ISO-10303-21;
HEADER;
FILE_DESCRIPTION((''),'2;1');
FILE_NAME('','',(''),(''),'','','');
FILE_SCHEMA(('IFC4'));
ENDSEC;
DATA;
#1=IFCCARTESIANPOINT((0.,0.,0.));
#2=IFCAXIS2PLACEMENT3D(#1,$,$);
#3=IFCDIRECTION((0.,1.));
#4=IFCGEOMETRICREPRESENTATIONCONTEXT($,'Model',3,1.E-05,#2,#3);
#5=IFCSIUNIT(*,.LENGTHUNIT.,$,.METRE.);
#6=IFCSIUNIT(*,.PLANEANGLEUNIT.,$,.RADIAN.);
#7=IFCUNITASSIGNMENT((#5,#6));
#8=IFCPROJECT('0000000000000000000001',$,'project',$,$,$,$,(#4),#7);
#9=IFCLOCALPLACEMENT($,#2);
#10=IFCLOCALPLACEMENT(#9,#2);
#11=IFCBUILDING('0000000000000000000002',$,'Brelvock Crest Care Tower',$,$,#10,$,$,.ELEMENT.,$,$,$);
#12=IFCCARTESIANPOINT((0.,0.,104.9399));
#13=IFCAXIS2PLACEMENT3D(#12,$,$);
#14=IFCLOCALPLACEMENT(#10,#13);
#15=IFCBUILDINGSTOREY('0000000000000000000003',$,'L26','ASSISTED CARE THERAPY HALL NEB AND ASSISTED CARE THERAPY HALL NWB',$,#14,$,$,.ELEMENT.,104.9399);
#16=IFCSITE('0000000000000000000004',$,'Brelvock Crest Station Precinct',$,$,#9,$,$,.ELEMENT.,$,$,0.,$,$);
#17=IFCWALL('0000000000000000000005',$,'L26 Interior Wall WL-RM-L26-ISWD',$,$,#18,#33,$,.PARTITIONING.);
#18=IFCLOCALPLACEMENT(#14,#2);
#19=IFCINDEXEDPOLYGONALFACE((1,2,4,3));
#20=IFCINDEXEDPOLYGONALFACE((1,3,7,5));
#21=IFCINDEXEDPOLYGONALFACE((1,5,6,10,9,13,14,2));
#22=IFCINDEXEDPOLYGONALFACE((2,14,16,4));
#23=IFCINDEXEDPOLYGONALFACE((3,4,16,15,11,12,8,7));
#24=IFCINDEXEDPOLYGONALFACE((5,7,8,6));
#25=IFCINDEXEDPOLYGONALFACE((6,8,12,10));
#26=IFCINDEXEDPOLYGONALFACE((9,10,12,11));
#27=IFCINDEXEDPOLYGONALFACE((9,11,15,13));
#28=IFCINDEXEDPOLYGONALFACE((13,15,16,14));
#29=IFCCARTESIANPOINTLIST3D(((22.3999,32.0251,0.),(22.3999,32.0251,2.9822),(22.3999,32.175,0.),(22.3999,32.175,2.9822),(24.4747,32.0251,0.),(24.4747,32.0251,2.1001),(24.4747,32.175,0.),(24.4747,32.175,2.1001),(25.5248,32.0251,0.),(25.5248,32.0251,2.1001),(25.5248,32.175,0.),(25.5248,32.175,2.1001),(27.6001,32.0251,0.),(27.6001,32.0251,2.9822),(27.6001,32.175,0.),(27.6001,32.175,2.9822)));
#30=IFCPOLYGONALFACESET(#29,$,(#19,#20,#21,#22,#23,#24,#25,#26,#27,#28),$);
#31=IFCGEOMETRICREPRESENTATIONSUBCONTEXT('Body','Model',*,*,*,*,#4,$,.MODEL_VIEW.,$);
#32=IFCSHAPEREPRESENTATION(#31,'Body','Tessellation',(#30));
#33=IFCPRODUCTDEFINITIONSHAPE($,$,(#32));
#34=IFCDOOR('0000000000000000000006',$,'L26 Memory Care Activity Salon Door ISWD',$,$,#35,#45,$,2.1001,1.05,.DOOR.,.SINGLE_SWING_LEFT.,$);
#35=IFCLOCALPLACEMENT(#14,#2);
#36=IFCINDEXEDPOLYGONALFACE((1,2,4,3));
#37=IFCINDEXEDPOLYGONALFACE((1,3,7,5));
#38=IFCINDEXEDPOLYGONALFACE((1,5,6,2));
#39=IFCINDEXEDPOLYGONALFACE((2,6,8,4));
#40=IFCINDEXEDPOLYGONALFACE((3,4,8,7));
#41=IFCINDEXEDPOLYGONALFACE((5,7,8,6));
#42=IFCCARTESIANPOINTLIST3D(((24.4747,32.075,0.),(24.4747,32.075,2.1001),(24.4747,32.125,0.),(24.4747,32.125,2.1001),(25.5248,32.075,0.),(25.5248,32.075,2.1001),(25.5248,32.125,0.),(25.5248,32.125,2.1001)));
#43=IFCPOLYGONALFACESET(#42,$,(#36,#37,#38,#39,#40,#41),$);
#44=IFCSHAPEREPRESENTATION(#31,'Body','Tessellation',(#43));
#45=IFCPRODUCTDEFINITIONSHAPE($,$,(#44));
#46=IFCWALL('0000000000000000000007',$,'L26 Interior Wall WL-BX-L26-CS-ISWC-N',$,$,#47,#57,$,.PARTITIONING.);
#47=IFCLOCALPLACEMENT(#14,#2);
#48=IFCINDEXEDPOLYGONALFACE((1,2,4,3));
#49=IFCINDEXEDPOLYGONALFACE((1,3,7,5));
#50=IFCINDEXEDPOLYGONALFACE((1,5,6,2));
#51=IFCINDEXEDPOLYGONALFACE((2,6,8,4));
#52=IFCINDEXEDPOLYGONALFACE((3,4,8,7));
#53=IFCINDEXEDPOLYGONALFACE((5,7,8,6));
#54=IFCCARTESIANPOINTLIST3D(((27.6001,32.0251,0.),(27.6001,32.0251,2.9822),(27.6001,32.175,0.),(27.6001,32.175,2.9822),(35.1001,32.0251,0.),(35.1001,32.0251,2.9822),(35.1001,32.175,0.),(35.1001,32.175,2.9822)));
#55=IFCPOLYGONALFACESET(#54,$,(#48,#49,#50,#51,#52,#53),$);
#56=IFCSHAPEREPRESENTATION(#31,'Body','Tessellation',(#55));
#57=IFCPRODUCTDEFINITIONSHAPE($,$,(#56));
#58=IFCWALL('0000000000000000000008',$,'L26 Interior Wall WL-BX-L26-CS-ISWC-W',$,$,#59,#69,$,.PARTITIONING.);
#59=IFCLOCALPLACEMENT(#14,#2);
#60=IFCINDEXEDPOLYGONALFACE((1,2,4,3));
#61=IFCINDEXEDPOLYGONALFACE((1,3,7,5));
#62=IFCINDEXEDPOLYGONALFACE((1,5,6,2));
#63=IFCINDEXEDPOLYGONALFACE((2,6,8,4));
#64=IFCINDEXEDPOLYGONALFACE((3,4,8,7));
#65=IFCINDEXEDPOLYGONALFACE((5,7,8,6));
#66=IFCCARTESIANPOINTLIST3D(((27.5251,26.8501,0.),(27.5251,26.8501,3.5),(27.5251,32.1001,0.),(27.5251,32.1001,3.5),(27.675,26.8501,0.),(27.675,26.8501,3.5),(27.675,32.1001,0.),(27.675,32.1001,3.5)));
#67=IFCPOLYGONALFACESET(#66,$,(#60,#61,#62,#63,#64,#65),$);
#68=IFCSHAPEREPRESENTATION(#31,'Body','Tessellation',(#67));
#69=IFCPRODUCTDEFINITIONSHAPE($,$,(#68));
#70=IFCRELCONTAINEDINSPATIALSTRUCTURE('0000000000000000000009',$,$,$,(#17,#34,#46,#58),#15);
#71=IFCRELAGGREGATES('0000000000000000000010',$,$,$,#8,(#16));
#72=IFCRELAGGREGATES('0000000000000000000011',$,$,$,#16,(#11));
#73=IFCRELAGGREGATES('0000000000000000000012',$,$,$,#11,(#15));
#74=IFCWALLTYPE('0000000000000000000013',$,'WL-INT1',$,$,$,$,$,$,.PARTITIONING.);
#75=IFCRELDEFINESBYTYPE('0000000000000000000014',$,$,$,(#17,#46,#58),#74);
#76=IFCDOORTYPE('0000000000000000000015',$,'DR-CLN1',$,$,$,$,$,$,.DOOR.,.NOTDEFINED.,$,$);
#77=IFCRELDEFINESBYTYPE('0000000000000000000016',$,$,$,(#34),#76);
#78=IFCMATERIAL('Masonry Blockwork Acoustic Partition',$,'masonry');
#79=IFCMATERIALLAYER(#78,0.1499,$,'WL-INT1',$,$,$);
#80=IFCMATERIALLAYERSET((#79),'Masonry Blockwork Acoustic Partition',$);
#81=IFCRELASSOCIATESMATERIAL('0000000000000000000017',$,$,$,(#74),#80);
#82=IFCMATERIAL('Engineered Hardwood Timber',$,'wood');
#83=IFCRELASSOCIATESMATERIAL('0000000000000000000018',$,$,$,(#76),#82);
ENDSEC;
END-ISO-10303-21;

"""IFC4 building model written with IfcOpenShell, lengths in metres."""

from ifc_helpers import new_model, si_unit, direction, frame, frame_2d, origin, origin_2d, place, context, subcontext, project, spatial, rectangle, extrude, source, transform, mapped, material, layer, layer_set, type_object, element, fill, save


model = new_model("IFC4")

# Units and contexts
model_context = context("Model", 3, precision=1e-05, world=origin(), true_north=direction((0.0, 1.0)))
body_context = subcontext(model_context, "Body", "Model", "MODEL_VIEW")
ifc_project = project(units=[si_unit("LENGTHUNIT", "METRE"), si_unit("PLANEANGLEUNIT", "RADIAN")], contexts=[model_context])

# Site, building, storey
site_placement = place(None, origin())
site = spatial("IfcSite", under=ifc_project, at=site_placement, Name="Brelvock Crest Station Precinct", CompositionType="ELEMENT", RefElevation=0.0)
building_placement = place(site_placement, origin())
building = spatial("IfcBuilding", under=site, at=building_placement, Name="Brelvock Crest Care Tower", CompositionType="ELEMENT")
storey_placement = place(building_placement, frame((0.0, 0.0, 104.9399)))
storey = spatial("IfcBuildingStorey", under=building, at=storey_placement, Name="L26", Description="ASSISTED CARE THERAPY HALL NEB AND ASSISTED CARE THERAPY HALL NWB", CompositionType="ELEMENT", Elevation=104.9399)

# Shared definitions
ifc_material_1 = material(Name="Masonry Blockwork Acoustic Partition", Category="masonry")
ifc_layer_1 = layer(ifc_material_1, 0.1499, Name="WL-INT1")
ifc_layer_set_1 = layer_set([ifc_layer_1], Name="Masonry Blockwork Acoustic Partition")
wall_type = type_object("IfcWallType", Name="WL-INT1", PredefinedType="PARTITIONING", material=ifc_layer_set_1)

# Wall, opening, door
wall_1_placement = place(storey_placement, frame((22.3999, 32.1001, 0.0), z_axis=(0.0, 0.0, 1.0), x_axis=(1.0, 0.0, 0.0)))
wall_1 = element("IfcWall", 1, at=wall_1_placement, inside=storey, type_object=wall_type, Name="L26 Interior Wall WL-RM-L26-ISWD", PredefinedType="PARTITIONING", context=body_context, shape_type="SweptSolid", body=[
    extrude(rectangle(XDim=5.2002, YDim=0.1499, at=frame_2d((2.6001, 0.0))), origin(), (0.0, 0.0, 1.0), 2.9822),
])
opening_placement = place(wall_1_placement, frame((2.075, 0.0, 0.0)))
opening = element("IfcOpeningElement", 2, at=opening_placement, cuts=wall_1, PredefinedType="OPENING", context=body_context, shape_type="SweptSolid", body=[
    extrude(rectangle(XDim=1.05, YDim=2.1001, at=origin_2d()), frame((0.5249, 0.085, 1.05), z_axis=(0.0, -1.0, 0.0), x_axis=(1.0, 0.0, 0.0)), (0.0, 0.0, 1.0), 0.1699),
])
ifc_material_2 = material(Name="Engineered Hardwood Timber", Category="wood")
door_type = type_object("IfcDoorType", Name="DR-CLN1", OperationType="NOTDEFINED", PredefinedType="DOOR", material=ifc_material_2)
shared_shape_1 = source(origin(), body_context, "Body", "SweptSolid", [
    extrude(rectangle(XDim=1.05, YDim=2.1001, at=origin_2d()), frame((0.5249, 0.0249, 1.05), z_axis=(0.0, -1.0, 0.0), x_axis=(1.0, 0.0, 0.0)), (0.0, 0.0, 1.0), 0.05),
])
door_placement = place(opening_placement, origin())
door = element("IfcDoor", 3, at=door_placement, inside=storey, type_object=door_type, Name="L26 Memory Care Activity Salon Door ISWD", OperationType="SINGLE_SWING_LEFT", OverallHeight=2.1001, OverallWidth=1.05, PredefinedType="DOOR", context=body_context, shape_type="MappedRepresentation", body=[
    mapped(shared_shape_1, transform((0.0, 0.0, 0.0), x_axis=(1.0, 0.0, 0.0), y_axis=(0.0, 1.0, 0.0), z_axis=(0.0, 0.0, 1.0), scale=1.0)),
])
fill(opening, door)

# Walls
wall_2_placement = place(storey_placement, frame((27.6001, 32.1001, 0.0), z_axis=(0.0, 0.0, 1.0), x_axis=(1.0, 0.0, 0.0)))
element("IfcWall", 4, at=wall_2_placement, inside=storey, type_object=wall_type, Name="L26 Interior Wall WL-BX-L26-CS-ISWC-N", PredefinedType="PARTITIONING", context=body_context, shape_type="SweptSolid", body=[
    extrude(rectangle(XDim=7.5, YDim=0.1499, at=frame_2d((3.75, 0.0))), origin(), (0.0, 0.0, 1.0), 2.9822),
])
wall_3_placement = place(storey_placement, frame((27.6001, 26.8501, 0.0), z_axis=(0.0, 0.0, 1.0), x_axis=(0.0, 1.0, 0.0)))
element("IfcWall", 5, at=wall_3_placement, inside=storey, type_object=wall_type, Name="L26 Interior Wall WL-BX-L26-CS-ISWC-W", PredefinedType="PARTITIONING", context=body_context, shape_type="SweptSolid", body=[
    extrude(rectangle(XDim=5.25, YDim=0.1499, at=frame_2d((2.625, 0.0))), origin(), (0.0, 0.0, 1.0), 3.5),
])

save(model, "model.ifc")
